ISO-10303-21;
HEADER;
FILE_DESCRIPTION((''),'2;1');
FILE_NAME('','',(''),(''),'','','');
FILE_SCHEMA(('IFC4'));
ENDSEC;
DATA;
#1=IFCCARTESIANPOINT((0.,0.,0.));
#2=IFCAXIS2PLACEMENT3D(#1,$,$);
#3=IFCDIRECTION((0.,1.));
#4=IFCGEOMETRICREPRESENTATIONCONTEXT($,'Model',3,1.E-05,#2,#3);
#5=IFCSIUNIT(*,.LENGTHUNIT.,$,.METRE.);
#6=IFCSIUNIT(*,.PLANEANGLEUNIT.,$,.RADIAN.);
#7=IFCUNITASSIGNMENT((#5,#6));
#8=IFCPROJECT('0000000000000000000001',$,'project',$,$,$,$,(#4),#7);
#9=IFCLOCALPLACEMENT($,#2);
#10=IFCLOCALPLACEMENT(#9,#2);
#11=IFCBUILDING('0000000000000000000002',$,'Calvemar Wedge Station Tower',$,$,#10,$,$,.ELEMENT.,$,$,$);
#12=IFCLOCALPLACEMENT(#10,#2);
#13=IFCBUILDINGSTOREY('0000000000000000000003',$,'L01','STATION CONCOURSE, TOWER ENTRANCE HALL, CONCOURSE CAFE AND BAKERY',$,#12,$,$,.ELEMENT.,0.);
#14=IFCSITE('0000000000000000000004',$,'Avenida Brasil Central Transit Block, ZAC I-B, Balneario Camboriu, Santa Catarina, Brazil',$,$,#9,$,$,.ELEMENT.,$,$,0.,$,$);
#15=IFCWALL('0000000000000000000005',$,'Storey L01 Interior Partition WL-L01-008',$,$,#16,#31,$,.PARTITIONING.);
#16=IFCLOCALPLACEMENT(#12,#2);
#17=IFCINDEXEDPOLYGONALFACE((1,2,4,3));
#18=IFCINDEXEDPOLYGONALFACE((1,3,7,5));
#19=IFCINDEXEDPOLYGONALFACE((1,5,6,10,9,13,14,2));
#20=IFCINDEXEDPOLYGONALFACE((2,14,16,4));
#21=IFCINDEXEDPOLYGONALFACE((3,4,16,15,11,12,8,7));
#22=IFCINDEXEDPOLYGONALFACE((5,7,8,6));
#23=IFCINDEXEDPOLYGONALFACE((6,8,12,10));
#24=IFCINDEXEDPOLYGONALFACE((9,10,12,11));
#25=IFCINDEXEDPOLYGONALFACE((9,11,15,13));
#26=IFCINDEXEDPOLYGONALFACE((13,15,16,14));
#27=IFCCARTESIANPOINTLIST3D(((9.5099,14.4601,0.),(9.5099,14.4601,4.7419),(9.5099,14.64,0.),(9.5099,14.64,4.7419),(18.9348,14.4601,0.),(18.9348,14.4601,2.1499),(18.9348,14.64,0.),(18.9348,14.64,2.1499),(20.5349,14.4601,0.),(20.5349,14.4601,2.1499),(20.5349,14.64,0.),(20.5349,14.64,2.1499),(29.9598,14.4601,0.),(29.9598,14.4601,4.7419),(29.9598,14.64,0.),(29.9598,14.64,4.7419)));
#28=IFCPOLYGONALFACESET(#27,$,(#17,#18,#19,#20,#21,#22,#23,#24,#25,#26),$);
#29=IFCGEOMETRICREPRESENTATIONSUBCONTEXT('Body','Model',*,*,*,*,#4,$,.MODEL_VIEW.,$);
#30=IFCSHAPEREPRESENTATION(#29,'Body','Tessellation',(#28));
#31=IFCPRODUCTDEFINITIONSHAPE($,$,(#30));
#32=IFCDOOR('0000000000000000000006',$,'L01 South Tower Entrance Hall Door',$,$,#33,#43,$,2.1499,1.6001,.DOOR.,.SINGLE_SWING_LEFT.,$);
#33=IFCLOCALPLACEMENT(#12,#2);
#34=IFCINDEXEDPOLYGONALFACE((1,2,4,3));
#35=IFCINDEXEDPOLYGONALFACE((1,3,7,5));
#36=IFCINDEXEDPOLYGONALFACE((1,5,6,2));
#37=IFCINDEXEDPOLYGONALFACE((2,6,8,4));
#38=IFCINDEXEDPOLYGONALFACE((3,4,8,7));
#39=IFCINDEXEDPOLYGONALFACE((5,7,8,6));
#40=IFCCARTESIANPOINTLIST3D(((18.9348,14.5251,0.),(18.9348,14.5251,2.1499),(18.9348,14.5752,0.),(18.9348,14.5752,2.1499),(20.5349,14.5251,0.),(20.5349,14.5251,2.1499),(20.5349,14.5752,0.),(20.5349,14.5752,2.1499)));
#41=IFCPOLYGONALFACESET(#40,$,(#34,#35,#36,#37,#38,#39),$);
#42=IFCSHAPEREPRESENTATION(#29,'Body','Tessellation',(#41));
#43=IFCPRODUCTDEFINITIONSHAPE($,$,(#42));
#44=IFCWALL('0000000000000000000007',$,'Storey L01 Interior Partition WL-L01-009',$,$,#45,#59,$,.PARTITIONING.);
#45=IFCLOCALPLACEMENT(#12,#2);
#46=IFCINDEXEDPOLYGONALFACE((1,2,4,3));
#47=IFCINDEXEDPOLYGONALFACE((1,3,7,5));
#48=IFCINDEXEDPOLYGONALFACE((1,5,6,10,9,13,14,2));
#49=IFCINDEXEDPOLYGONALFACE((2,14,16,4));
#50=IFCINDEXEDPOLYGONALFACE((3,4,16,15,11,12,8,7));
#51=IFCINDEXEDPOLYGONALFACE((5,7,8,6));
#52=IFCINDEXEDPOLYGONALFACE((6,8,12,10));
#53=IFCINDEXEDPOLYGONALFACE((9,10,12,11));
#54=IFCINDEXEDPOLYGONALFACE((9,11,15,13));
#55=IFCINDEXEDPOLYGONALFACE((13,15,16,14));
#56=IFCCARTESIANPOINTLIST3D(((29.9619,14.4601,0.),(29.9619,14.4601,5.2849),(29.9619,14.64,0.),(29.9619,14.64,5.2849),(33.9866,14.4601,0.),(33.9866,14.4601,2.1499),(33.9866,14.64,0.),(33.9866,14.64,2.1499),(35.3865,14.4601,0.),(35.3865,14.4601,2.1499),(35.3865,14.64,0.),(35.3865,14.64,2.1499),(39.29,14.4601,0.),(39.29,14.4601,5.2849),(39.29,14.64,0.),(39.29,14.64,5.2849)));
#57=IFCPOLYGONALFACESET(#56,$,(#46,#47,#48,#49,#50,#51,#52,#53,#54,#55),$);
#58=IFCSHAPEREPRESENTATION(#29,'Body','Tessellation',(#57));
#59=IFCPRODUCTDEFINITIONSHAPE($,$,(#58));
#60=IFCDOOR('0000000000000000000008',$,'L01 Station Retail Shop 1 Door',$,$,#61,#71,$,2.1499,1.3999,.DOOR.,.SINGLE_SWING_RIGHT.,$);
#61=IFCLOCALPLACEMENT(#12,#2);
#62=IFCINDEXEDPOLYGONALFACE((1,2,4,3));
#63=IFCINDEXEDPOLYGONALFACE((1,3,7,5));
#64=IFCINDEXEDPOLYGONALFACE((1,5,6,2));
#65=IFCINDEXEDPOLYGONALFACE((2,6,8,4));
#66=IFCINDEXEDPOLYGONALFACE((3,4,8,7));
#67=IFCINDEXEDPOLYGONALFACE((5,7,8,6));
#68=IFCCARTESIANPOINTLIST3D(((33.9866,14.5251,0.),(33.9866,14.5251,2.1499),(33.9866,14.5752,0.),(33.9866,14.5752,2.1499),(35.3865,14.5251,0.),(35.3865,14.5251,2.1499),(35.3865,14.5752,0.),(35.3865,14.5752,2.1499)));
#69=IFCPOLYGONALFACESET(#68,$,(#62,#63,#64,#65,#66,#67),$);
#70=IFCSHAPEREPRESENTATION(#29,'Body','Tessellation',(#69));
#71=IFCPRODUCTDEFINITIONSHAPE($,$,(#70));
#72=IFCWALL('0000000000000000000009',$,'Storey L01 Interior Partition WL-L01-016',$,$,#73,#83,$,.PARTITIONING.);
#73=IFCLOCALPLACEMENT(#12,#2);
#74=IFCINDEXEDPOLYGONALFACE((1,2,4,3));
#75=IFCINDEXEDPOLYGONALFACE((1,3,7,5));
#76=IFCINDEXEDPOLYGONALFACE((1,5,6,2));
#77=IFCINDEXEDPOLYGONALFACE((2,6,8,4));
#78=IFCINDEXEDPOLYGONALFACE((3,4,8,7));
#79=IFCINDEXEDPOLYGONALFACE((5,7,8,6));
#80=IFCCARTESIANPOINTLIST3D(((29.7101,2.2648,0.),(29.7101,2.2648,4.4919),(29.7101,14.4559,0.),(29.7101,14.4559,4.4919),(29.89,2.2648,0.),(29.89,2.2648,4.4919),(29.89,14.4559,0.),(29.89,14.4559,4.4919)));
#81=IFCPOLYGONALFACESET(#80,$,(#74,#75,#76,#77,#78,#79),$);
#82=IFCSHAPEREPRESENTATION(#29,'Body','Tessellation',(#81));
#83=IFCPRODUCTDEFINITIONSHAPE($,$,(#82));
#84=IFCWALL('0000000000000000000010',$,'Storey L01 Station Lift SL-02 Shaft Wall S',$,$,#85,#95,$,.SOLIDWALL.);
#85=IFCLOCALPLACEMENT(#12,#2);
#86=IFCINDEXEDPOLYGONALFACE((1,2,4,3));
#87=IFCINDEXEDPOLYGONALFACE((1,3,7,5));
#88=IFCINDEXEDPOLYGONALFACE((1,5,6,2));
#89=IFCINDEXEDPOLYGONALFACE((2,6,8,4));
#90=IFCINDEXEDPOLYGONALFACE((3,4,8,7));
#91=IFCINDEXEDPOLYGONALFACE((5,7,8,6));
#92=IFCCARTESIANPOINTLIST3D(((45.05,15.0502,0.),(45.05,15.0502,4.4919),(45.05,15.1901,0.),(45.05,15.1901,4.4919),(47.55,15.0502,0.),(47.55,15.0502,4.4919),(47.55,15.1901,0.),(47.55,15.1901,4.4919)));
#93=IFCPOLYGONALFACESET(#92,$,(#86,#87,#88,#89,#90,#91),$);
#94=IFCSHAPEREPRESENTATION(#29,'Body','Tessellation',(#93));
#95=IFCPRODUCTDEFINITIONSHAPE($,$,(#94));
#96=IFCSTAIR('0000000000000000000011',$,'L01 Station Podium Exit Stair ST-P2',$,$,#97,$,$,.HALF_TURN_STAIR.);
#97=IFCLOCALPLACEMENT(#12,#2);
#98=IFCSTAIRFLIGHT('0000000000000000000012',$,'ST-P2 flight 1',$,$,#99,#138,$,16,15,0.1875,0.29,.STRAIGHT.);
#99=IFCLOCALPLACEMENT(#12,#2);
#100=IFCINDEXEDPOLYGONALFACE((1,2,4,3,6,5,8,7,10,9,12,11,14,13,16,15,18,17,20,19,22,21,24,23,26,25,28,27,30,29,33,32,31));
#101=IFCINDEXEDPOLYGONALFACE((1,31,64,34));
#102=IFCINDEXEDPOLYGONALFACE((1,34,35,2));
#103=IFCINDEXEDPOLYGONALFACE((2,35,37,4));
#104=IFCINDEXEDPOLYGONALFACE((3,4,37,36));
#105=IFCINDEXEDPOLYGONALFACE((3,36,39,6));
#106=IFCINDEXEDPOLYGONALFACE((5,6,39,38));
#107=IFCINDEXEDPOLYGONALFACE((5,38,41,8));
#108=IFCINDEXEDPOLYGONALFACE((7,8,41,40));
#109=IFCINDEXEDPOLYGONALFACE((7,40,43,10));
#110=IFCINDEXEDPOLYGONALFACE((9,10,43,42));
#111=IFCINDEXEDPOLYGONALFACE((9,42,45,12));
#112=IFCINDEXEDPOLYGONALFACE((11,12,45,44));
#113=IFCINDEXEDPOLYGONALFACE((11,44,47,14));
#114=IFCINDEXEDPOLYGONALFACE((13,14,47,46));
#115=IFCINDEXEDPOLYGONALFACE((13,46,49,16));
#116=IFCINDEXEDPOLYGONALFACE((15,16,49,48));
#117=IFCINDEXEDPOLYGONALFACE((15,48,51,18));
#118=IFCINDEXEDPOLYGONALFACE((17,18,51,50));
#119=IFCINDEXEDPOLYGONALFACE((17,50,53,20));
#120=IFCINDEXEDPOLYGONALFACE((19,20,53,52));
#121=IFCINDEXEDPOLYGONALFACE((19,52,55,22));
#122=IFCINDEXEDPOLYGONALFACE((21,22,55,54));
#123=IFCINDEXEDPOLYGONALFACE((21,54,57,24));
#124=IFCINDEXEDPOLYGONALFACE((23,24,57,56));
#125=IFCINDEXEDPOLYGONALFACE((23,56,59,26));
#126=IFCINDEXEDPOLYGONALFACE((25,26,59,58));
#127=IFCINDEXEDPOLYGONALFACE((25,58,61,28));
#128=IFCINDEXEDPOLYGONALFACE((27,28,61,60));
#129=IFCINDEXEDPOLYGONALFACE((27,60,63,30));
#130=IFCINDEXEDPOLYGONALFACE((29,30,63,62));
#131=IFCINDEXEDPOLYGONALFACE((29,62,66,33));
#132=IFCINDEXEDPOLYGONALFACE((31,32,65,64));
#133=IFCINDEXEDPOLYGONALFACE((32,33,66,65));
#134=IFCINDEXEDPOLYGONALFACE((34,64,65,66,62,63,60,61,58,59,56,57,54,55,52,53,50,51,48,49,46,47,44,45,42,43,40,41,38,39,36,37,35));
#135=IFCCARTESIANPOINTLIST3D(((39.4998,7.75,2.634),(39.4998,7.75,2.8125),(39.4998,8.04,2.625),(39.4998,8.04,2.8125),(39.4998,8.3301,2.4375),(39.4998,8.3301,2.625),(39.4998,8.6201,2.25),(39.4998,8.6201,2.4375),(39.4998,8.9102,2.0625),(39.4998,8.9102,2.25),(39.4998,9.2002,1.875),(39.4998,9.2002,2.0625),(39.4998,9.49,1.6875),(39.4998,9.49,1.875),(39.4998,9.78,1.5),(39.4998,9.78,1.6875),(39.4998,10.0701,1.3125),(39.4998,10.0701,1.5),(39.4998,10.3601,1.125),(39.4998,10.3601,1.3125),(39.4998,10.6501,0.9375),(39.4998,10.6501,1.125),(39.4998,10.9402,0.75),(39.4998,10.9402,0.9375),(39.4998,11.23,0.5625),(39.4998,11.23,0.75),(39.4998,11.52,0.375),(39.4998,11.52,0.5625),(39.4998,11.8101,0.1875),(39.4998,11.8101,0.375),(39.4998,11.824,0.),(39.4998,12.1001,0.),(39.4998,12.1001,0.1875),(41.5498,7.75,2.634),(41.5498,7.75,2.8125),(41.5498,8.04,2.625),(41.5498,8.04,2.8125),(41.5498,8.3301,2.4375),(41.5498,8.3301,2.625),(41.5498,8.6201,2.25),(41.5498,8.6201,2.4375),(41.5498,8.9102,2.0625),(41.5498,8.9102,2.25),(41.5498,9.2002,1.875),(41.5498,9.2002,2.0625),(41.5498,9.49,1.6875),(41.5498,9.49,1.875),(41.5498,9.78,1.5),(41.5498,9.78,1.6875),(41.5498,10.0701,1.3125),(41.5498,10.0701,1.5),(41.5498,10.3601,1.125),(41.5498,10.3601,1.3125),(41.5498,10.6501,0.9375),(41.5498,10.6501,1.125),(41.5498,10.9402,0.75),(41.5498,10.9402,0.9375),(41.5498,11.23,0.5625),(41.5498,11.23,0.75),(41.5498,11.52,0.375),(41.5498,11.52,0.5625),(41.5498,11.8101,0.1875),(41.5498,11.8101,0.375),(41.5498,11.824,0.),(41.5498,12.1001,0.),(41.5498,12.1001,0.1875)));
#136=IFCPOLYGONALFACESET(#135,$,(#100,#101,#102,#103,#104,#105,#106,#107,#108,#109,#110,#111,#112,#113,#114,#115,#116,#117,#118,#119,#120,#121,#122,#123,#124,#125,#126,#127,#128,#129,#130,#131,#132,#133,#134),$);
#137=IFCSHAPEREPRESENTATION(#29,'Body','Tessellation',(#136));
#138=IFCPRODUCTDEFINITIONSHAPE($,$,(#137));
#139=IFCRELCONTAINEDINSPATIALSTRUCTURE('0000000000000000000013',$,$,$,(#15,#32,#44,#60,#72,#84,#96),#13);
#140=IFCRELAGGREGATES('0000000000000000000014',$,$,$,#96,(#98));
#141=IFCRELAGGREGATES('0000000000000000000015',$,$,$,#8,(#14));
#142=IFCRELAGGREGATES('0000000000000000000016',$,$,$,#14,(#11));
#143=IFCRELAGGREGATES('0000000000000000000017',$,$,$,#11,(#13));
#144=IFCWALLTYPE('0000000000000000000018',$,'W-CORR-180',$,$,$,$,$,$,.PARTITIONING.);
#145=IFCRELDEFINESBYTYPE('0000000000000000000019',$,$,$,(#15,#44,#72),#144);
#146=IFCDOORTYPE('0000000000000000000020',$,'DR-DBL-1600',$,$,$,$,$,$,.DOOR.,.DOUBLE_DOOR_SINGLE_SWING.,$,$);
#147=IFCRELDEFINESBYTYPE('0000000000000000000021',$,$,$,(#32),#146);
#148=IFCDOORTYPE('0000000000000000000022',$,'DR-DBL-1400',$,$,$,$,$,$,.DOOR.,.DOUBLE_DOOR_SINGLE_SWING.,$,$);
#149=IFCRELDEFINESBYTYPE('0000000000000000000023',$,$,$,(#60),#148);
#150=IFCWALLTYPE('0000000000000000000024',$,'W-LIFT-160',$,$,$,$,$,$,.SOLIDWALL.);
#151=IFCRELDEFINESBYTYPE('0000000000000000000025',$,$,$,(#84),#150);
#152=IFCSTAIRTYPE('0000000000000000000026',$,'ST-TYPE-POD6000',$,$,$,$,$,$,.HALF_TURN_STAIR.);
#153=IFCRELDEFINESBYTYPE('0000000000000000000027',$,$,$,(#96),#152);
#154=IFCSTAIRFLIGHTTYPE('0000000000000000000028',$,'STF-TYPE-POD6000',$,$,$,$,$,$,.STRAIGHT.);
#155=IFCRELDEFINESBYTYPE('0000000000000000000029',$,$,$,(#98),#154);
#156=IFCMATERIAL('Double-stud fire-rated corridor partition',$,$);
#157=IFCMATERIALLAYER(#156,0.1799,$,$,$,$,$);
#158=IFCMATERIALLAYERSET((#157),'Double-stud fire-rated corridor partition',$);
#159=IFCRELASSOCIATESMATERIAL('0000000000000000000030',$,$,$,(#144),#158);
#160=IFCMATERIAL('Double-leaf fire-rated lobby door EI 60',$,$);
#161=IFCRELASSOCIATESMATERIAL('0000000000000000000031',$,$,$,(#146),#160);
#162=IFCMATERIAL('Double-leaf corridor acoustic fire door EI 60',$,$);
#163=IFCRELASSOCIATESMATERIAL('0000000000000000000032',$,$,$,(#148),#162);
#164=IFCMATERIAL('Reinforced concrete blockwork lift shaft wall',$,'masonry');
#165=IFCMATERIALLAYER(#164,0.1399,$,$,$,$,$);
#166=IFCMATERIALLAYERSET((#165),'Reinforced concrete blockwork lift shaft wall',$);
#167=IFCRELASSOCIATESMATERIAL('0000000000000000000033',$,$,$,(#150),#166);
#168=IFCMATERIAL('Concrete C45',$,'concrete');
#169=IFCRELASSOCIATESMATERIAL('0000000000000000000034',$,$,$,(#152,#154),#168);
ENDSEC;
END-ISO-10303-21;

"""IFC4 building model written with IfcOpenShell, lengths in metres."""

from ifc_helpers import new_model, si_unit, direction, frame, frame_2d, origin, place, context, subcontext, project, spatial, polyline, rectangle, outline, extrude, source, transform, mapped, material, layer, layer_set, type_object, element, fill, aggregate, save


model = new_model("IFC4")

# Units and contexts
model_context = context("Model", 3, precision=1e-05, world=origin(), true_north=direction((0.0, 1.0)))
body_context = subcontext(model_context, "Body", "Model", "MODEL_VIEW")
ifc_project = project(units=[si_unit("LENGTHUNIT", "METRE"), si_unit("PLANEANGLEUNIT", "RADIAN")], contexts=[model_context])

# Site, building, storey
site_placement = place(None, origin())
site = spatial("IfcSite", under=ifc_project, at=site_placement, Name="Avenida Brasil Central Transit Block, ZAC I-B, Balneario Camboriu, Santa Catarina, Brazil", CompositionType="ELEMENT", RefElevation=0.0)
building_placement = place(site_placement, origin())
building = spatial("IfcBuilding", under=site, at=building_placement, Name="Calvemar Wedge Station Tower", CompositionType="ELEMENT")
storey_placement = place(building_placement, origin())
storey = spatial("IfcBuildingStorey", under=building, at=storey_placement, Name="L01", Description="STATION CONCOURSE, TOWER ENTRANCE HALL, CONCOURSE CAFE AND BAKERY", CompositionType="ELEMENT", Elevation=0.0)

# Shared definitions
ifc_material_1 = material(Name="Concrete C45", Category="concrete")

# Walls, openings, doors
ifc_material_2 = material(Name="Double-stud fire-rated corridor partition")
ifc_layer_1 = layer(ifc_material_2, 0.1799)
ifc_layer_set_1 = layer_set([ifc_layer_1], Name="Double-stud fire-rated corridor partition")
wall_type_1 = type_object("IfcWallType", Name="W-CORR-180", PredefinedType="PARTITIONING", material=ifc_layer_set_1)
wall_1_placement = place(storey_placement, frame((29.96, 14.55, 0.0), z_axis=(0.0, 0.0, 1.0), x_axis=(-1.0, 0.0, 0.0)))
wall_1 = element("IfcWall", 1, at=wall_1_placement, inside=storey, type_object=wall_type_1, Name="Storey L01 Interior Partition WL-L01-008", PredefinedType="PARTITIONING", context=body_context, shape_type="SweptSolid", body=[
    extrude(rectangle(XDim=20.45, YDim=0.1799, at=frame_2d((10.2251, 0.0))), origin(), (0.0, 0.0, 1.0), 4.7419),
])
shared_shape_1 = source(origin(), body_context, "Body", "SweptSolid", [
    extrude(rectangle(XDim=1.6001, YDim=2.1499, at=frame_2d((0.8, 1.075))), frame((0.0, 0.1001, 0.0), z_axis=(0.0, -1.0, 0.0), x_axis=(1.0, 0.0, 0.0)), (0.0, 0.0, 1.0), 0.2),
])
opening_1_placement = place(wall_1_placement, frame((9.425, 0.0, 0.0)))
opening_1 = element("IfcOpeningElement", 2, at=opening_1_placement, cuts=wall_1, PredefinedType="OPENING", context=body_context, shape_type="MappedRepresentation", body=[
    mapped(shared_shape_1, transform((0.0, 0.0, 0.0), scale=1.0)),
])
ifc_material_3 = material(Name="Double-leaf fire-rated lobby door EI 60")
door_type_1 = type_object("IfcDoorType", Name="DR-DBL-1600", OperationType="DOUBLE_DOOR_SINGLE_SWING", PredefinedType="DOOR", material=ifc_material_3)
shared_shape_2 = source(origin(), body_context, "Body", "SweptSolid", [
    extrude(rectangle(XDim=1.6001, YDim=2.1499, at=frame_2d((0.8, 1.075))), frame((0.0, 0.0249, 0.0), z_axis=(0.0, -1.0, 0.0), x_axis=(1.0, 0.0, 0.0)), (0.0, 0.0, 1.0), 0.05),
])
door_1_placement = place(opening_1_placement, origin())
door_1 = element("IfcDoor", 3, at=door_1_placement, inside=storey, type_object=door_type_1, Name="L01 South Tower Entrance Hall Door", OperationType="SINGLE_SWING_LEFT", OverallHeight=2.1499, OverallWidth=1.6001, PredefinedType="DOOR", context=body_context, shape_type="MappedRepresentation", body=[
    mapped(shared_shape_2, transform((0.0, 0.0, 0.0), scale=1.0)),
])
fill(opening_1, door_1)
wall_2_placement = place(storey_placement, frame((39.29, 14.55, 0.0), z_axis=(0.0, 0.0, 1.0), x_axis=(-1.0, 0.0, 0.0)))
wall_2 = element("IfcWall", 4, at=wall_2_placement, inside=storey, type_object=wall_type_1, Name="Storey L01 Interior Partition WL-L01-009", PredefinedType="PARTITIONING", context=body_context, shape_type="SweptSolid", body=[
    extrude(rectangle(XDim=9.3281, YDim=0.1799, at=frame_2d((4.6641, 0.0))), origin(), (0.0, 0.0, 1.0), 5.2849),
])
shared_shape_3 = source(origin(), body_context, "Body", "SweptSolid", [
    extrude(rectangle(XDim=1.3999, YDim=2.1499, at=frame_2d((0.7, 1.075))), frame((0.0, 0.1001, 0.0), z_axis=(0.0, -1.0, 0.0), x_axis=(1.0, 0.0, 0.0)), (0.0, 0.0, 1.0), 0.2),
])
opening_2_placement = place(wall_2_placement, frame((3.9036, 0.0, 0.0)))
opening_2 = element("IfcOpeningElement", 5, at=opening_2_placement, cuts=wall_2, PredefinedType="OPENING", context=body_context, shape_type="MappedRepresentation", body=[
    mapped(shared_shape_3, transform((0.0, 0.0, 0.0), scale=1.0)),
])
ifc_material_4 = material(Name="Double-leaf corridor acoustic fire door EI 60")
door_type_2 = type_object("IfcDoorType", Name="DR-DBL-1400", OperationType="DOUBLE_DOOR_SINGLE_SWING", PredefinedType="DOOR", material=ifc_material_4)
shared_shape_4 = source(origin(), body_context, "Body", "SweptSolid", [
    extrude(rectangle(XDim=1.3999, YDim=2.1499, at=frame_2d((0.7, 1.075))), frame((0.0, 0.0249, 0.0), z_axis=(0.0, -1.0, 0.0), x_axis=(1.0, 0.0, 0.0)), (0.0, 0.0, 1.0), 0.05),
])
door_2_placement = place(opening_2_placement, origin())
door_2 = element("IfcDoor", 6, at=door_2_placement, inside=storey, type_object=door_type_2, Name="L01 Station Retail Shop 1 Door", OperationType="SINGLE_SWING_RIGHT", OverallHeight=2.1499, OverallWidth=1.3999, PredefinedType="DOOR", context=body_context, shape_type="MappedRepresentation", body=[
    mapped(shared_shape_4, transform((0.0, 0.0, 0.0), scale=1.0)),
])
fill(opening_2, door_2)

# Walls
wall_3_placement = place(storey_placement, frame((29.8, 14.4561, 0.0), z_axis=(0.0, 0.0, 1.0), x_axis=(0.0, -1.0, 0.0)))
element("IfcWall", 7, at=wall_3_placement, inside=storey, type_object=wall_type_1, Name="Storey L01 Interior Partition WL-L01-016", PredefinedType="PARTITIONING", context=body_context, shape_type="SweptSolid", body=[
    extrude(rectangle(XDim=12.1912, YDim=0.1799, at=frame_2d((6.0957, 0.0))), origin(), (0.0, 0.0, 1.0), 4.4919),
])
ifc_material_5 = material(Name="Reinforced concrete blockwork lift shaft wall", Category="masonry")
ifc_layer_2 = layer(ifc_material_5, 0.1399)
ifc_layer_set_2 = layer_set([ifc_layer_2], Name="Reinforced concrete blockwork lift shaft wall")
wall_type_2 = type_object("IfcWallType", Name="W-LIFT-160", PredefinedType="SOLIDWALL", material=ifc_layer_set_2)
wall_4_placement = place(storey_placement, frame((45.05, 15.1201, 0.0), z_axis=(0.0, 0.0, 1.0), x_axis=(1.0, 0.0, 0.0)))
element("IfcWall", 8, at=wall_4_placement, inside=storey, type_object=wall_type_2, Name="Storey L01 Station Lift SL-02 Shaft Wall S", PredefinedType="SOLIDWALL", context=body_context, shape_type="SweptSolid", body=[
    extrude(rectangle(XDim=2.5, YDim=0.1399, at=frame_2d((1.25, 0.0))), origin(), (0.0, 0.0, 1.0), 4.4919),
])

# Stair, stair flight
stair_type = type_object("IfcStairType", Name="ST-TYPE-POD6000", PredefinedType="HALF_TURN_STAIR", material=ifc_material_1)
stair_placement = place(storey_placement, origin())
stair = element("IfcStair", 9, at=stair_placement, inside=storey, type_object=stair_type, Name="L01 Station Podium Exit Stair ST-P2", PredefinedType="HALF_TURN_STAIR")
stair_flight_type = type_object("IfcStairFlightType", Name="STF-TYPE-POD6000", PredefinedType="STRAIGHT", material=ifc_material_1)
stair_flight_1_placement = place(storey_placement, frame((40.5249, 12.1001, 0.0), z_axis=(0.0, 0.0, 1.0), x_axis=(0.0, -1.0, 0.0)))
stair_flight_1 = element("IfcStairFlight", 10, at=stair_flight_1_placement, type_object=stair_flight_type, Name="ST-P2 flight 1", NumberOfRisers=16, NumberOfTreads=15, PredefinedType="STRAIGHT", RiserHeight=0.1875, TreadLength=0.29, context=body_context, shape_type="SweptSolid", body=[
    extrude(outline(polyline([(0.0, 0.0), (0.0, 0.1875), (0.29, 0.1875), (0.29, 0.375), (0.5801, 0.375), (0.5801, 0.5625), (0.8701, 0.5625), (0.8701, 0.75), (1.1599, 0.75), (1.1599, 0.9375), (1.45, 0.9375), (1.45, 1.125), (1.74, 1.125), (1.74, 1.3125), (2.03, 1.3125), (2.03, 1.5), (2.3201, 1.5), (2.3201, 1.6875), (2.6101, 1.6875), (2.6101, 1.875), (2.8999, 1.875), (2.8999, 2.0625), (3.1899, 2.0625), (3.1899, 2.25), (3.48, 2.25), (3.48, 2.4375), (3.77, 2.4375), (3.77, 2.625), (4.0601, 2.625), (4.0601, 2.8125), (4.3501, 2.8125), (4.3501, 3.0), (4.3501, 2.634), (0.2761, 0.0), (0.0, 0.0)])), frame((0.0, 1.0249, 0.0), z_axis=(0.0, -1.0, 0.0), x_axis=(1.0, 0.0, 0.0)), (0.0, 0.0, 1.0), 2.05),
])
aggregate(stair, [stair_flight_1])

save(model, "model.ifc")
